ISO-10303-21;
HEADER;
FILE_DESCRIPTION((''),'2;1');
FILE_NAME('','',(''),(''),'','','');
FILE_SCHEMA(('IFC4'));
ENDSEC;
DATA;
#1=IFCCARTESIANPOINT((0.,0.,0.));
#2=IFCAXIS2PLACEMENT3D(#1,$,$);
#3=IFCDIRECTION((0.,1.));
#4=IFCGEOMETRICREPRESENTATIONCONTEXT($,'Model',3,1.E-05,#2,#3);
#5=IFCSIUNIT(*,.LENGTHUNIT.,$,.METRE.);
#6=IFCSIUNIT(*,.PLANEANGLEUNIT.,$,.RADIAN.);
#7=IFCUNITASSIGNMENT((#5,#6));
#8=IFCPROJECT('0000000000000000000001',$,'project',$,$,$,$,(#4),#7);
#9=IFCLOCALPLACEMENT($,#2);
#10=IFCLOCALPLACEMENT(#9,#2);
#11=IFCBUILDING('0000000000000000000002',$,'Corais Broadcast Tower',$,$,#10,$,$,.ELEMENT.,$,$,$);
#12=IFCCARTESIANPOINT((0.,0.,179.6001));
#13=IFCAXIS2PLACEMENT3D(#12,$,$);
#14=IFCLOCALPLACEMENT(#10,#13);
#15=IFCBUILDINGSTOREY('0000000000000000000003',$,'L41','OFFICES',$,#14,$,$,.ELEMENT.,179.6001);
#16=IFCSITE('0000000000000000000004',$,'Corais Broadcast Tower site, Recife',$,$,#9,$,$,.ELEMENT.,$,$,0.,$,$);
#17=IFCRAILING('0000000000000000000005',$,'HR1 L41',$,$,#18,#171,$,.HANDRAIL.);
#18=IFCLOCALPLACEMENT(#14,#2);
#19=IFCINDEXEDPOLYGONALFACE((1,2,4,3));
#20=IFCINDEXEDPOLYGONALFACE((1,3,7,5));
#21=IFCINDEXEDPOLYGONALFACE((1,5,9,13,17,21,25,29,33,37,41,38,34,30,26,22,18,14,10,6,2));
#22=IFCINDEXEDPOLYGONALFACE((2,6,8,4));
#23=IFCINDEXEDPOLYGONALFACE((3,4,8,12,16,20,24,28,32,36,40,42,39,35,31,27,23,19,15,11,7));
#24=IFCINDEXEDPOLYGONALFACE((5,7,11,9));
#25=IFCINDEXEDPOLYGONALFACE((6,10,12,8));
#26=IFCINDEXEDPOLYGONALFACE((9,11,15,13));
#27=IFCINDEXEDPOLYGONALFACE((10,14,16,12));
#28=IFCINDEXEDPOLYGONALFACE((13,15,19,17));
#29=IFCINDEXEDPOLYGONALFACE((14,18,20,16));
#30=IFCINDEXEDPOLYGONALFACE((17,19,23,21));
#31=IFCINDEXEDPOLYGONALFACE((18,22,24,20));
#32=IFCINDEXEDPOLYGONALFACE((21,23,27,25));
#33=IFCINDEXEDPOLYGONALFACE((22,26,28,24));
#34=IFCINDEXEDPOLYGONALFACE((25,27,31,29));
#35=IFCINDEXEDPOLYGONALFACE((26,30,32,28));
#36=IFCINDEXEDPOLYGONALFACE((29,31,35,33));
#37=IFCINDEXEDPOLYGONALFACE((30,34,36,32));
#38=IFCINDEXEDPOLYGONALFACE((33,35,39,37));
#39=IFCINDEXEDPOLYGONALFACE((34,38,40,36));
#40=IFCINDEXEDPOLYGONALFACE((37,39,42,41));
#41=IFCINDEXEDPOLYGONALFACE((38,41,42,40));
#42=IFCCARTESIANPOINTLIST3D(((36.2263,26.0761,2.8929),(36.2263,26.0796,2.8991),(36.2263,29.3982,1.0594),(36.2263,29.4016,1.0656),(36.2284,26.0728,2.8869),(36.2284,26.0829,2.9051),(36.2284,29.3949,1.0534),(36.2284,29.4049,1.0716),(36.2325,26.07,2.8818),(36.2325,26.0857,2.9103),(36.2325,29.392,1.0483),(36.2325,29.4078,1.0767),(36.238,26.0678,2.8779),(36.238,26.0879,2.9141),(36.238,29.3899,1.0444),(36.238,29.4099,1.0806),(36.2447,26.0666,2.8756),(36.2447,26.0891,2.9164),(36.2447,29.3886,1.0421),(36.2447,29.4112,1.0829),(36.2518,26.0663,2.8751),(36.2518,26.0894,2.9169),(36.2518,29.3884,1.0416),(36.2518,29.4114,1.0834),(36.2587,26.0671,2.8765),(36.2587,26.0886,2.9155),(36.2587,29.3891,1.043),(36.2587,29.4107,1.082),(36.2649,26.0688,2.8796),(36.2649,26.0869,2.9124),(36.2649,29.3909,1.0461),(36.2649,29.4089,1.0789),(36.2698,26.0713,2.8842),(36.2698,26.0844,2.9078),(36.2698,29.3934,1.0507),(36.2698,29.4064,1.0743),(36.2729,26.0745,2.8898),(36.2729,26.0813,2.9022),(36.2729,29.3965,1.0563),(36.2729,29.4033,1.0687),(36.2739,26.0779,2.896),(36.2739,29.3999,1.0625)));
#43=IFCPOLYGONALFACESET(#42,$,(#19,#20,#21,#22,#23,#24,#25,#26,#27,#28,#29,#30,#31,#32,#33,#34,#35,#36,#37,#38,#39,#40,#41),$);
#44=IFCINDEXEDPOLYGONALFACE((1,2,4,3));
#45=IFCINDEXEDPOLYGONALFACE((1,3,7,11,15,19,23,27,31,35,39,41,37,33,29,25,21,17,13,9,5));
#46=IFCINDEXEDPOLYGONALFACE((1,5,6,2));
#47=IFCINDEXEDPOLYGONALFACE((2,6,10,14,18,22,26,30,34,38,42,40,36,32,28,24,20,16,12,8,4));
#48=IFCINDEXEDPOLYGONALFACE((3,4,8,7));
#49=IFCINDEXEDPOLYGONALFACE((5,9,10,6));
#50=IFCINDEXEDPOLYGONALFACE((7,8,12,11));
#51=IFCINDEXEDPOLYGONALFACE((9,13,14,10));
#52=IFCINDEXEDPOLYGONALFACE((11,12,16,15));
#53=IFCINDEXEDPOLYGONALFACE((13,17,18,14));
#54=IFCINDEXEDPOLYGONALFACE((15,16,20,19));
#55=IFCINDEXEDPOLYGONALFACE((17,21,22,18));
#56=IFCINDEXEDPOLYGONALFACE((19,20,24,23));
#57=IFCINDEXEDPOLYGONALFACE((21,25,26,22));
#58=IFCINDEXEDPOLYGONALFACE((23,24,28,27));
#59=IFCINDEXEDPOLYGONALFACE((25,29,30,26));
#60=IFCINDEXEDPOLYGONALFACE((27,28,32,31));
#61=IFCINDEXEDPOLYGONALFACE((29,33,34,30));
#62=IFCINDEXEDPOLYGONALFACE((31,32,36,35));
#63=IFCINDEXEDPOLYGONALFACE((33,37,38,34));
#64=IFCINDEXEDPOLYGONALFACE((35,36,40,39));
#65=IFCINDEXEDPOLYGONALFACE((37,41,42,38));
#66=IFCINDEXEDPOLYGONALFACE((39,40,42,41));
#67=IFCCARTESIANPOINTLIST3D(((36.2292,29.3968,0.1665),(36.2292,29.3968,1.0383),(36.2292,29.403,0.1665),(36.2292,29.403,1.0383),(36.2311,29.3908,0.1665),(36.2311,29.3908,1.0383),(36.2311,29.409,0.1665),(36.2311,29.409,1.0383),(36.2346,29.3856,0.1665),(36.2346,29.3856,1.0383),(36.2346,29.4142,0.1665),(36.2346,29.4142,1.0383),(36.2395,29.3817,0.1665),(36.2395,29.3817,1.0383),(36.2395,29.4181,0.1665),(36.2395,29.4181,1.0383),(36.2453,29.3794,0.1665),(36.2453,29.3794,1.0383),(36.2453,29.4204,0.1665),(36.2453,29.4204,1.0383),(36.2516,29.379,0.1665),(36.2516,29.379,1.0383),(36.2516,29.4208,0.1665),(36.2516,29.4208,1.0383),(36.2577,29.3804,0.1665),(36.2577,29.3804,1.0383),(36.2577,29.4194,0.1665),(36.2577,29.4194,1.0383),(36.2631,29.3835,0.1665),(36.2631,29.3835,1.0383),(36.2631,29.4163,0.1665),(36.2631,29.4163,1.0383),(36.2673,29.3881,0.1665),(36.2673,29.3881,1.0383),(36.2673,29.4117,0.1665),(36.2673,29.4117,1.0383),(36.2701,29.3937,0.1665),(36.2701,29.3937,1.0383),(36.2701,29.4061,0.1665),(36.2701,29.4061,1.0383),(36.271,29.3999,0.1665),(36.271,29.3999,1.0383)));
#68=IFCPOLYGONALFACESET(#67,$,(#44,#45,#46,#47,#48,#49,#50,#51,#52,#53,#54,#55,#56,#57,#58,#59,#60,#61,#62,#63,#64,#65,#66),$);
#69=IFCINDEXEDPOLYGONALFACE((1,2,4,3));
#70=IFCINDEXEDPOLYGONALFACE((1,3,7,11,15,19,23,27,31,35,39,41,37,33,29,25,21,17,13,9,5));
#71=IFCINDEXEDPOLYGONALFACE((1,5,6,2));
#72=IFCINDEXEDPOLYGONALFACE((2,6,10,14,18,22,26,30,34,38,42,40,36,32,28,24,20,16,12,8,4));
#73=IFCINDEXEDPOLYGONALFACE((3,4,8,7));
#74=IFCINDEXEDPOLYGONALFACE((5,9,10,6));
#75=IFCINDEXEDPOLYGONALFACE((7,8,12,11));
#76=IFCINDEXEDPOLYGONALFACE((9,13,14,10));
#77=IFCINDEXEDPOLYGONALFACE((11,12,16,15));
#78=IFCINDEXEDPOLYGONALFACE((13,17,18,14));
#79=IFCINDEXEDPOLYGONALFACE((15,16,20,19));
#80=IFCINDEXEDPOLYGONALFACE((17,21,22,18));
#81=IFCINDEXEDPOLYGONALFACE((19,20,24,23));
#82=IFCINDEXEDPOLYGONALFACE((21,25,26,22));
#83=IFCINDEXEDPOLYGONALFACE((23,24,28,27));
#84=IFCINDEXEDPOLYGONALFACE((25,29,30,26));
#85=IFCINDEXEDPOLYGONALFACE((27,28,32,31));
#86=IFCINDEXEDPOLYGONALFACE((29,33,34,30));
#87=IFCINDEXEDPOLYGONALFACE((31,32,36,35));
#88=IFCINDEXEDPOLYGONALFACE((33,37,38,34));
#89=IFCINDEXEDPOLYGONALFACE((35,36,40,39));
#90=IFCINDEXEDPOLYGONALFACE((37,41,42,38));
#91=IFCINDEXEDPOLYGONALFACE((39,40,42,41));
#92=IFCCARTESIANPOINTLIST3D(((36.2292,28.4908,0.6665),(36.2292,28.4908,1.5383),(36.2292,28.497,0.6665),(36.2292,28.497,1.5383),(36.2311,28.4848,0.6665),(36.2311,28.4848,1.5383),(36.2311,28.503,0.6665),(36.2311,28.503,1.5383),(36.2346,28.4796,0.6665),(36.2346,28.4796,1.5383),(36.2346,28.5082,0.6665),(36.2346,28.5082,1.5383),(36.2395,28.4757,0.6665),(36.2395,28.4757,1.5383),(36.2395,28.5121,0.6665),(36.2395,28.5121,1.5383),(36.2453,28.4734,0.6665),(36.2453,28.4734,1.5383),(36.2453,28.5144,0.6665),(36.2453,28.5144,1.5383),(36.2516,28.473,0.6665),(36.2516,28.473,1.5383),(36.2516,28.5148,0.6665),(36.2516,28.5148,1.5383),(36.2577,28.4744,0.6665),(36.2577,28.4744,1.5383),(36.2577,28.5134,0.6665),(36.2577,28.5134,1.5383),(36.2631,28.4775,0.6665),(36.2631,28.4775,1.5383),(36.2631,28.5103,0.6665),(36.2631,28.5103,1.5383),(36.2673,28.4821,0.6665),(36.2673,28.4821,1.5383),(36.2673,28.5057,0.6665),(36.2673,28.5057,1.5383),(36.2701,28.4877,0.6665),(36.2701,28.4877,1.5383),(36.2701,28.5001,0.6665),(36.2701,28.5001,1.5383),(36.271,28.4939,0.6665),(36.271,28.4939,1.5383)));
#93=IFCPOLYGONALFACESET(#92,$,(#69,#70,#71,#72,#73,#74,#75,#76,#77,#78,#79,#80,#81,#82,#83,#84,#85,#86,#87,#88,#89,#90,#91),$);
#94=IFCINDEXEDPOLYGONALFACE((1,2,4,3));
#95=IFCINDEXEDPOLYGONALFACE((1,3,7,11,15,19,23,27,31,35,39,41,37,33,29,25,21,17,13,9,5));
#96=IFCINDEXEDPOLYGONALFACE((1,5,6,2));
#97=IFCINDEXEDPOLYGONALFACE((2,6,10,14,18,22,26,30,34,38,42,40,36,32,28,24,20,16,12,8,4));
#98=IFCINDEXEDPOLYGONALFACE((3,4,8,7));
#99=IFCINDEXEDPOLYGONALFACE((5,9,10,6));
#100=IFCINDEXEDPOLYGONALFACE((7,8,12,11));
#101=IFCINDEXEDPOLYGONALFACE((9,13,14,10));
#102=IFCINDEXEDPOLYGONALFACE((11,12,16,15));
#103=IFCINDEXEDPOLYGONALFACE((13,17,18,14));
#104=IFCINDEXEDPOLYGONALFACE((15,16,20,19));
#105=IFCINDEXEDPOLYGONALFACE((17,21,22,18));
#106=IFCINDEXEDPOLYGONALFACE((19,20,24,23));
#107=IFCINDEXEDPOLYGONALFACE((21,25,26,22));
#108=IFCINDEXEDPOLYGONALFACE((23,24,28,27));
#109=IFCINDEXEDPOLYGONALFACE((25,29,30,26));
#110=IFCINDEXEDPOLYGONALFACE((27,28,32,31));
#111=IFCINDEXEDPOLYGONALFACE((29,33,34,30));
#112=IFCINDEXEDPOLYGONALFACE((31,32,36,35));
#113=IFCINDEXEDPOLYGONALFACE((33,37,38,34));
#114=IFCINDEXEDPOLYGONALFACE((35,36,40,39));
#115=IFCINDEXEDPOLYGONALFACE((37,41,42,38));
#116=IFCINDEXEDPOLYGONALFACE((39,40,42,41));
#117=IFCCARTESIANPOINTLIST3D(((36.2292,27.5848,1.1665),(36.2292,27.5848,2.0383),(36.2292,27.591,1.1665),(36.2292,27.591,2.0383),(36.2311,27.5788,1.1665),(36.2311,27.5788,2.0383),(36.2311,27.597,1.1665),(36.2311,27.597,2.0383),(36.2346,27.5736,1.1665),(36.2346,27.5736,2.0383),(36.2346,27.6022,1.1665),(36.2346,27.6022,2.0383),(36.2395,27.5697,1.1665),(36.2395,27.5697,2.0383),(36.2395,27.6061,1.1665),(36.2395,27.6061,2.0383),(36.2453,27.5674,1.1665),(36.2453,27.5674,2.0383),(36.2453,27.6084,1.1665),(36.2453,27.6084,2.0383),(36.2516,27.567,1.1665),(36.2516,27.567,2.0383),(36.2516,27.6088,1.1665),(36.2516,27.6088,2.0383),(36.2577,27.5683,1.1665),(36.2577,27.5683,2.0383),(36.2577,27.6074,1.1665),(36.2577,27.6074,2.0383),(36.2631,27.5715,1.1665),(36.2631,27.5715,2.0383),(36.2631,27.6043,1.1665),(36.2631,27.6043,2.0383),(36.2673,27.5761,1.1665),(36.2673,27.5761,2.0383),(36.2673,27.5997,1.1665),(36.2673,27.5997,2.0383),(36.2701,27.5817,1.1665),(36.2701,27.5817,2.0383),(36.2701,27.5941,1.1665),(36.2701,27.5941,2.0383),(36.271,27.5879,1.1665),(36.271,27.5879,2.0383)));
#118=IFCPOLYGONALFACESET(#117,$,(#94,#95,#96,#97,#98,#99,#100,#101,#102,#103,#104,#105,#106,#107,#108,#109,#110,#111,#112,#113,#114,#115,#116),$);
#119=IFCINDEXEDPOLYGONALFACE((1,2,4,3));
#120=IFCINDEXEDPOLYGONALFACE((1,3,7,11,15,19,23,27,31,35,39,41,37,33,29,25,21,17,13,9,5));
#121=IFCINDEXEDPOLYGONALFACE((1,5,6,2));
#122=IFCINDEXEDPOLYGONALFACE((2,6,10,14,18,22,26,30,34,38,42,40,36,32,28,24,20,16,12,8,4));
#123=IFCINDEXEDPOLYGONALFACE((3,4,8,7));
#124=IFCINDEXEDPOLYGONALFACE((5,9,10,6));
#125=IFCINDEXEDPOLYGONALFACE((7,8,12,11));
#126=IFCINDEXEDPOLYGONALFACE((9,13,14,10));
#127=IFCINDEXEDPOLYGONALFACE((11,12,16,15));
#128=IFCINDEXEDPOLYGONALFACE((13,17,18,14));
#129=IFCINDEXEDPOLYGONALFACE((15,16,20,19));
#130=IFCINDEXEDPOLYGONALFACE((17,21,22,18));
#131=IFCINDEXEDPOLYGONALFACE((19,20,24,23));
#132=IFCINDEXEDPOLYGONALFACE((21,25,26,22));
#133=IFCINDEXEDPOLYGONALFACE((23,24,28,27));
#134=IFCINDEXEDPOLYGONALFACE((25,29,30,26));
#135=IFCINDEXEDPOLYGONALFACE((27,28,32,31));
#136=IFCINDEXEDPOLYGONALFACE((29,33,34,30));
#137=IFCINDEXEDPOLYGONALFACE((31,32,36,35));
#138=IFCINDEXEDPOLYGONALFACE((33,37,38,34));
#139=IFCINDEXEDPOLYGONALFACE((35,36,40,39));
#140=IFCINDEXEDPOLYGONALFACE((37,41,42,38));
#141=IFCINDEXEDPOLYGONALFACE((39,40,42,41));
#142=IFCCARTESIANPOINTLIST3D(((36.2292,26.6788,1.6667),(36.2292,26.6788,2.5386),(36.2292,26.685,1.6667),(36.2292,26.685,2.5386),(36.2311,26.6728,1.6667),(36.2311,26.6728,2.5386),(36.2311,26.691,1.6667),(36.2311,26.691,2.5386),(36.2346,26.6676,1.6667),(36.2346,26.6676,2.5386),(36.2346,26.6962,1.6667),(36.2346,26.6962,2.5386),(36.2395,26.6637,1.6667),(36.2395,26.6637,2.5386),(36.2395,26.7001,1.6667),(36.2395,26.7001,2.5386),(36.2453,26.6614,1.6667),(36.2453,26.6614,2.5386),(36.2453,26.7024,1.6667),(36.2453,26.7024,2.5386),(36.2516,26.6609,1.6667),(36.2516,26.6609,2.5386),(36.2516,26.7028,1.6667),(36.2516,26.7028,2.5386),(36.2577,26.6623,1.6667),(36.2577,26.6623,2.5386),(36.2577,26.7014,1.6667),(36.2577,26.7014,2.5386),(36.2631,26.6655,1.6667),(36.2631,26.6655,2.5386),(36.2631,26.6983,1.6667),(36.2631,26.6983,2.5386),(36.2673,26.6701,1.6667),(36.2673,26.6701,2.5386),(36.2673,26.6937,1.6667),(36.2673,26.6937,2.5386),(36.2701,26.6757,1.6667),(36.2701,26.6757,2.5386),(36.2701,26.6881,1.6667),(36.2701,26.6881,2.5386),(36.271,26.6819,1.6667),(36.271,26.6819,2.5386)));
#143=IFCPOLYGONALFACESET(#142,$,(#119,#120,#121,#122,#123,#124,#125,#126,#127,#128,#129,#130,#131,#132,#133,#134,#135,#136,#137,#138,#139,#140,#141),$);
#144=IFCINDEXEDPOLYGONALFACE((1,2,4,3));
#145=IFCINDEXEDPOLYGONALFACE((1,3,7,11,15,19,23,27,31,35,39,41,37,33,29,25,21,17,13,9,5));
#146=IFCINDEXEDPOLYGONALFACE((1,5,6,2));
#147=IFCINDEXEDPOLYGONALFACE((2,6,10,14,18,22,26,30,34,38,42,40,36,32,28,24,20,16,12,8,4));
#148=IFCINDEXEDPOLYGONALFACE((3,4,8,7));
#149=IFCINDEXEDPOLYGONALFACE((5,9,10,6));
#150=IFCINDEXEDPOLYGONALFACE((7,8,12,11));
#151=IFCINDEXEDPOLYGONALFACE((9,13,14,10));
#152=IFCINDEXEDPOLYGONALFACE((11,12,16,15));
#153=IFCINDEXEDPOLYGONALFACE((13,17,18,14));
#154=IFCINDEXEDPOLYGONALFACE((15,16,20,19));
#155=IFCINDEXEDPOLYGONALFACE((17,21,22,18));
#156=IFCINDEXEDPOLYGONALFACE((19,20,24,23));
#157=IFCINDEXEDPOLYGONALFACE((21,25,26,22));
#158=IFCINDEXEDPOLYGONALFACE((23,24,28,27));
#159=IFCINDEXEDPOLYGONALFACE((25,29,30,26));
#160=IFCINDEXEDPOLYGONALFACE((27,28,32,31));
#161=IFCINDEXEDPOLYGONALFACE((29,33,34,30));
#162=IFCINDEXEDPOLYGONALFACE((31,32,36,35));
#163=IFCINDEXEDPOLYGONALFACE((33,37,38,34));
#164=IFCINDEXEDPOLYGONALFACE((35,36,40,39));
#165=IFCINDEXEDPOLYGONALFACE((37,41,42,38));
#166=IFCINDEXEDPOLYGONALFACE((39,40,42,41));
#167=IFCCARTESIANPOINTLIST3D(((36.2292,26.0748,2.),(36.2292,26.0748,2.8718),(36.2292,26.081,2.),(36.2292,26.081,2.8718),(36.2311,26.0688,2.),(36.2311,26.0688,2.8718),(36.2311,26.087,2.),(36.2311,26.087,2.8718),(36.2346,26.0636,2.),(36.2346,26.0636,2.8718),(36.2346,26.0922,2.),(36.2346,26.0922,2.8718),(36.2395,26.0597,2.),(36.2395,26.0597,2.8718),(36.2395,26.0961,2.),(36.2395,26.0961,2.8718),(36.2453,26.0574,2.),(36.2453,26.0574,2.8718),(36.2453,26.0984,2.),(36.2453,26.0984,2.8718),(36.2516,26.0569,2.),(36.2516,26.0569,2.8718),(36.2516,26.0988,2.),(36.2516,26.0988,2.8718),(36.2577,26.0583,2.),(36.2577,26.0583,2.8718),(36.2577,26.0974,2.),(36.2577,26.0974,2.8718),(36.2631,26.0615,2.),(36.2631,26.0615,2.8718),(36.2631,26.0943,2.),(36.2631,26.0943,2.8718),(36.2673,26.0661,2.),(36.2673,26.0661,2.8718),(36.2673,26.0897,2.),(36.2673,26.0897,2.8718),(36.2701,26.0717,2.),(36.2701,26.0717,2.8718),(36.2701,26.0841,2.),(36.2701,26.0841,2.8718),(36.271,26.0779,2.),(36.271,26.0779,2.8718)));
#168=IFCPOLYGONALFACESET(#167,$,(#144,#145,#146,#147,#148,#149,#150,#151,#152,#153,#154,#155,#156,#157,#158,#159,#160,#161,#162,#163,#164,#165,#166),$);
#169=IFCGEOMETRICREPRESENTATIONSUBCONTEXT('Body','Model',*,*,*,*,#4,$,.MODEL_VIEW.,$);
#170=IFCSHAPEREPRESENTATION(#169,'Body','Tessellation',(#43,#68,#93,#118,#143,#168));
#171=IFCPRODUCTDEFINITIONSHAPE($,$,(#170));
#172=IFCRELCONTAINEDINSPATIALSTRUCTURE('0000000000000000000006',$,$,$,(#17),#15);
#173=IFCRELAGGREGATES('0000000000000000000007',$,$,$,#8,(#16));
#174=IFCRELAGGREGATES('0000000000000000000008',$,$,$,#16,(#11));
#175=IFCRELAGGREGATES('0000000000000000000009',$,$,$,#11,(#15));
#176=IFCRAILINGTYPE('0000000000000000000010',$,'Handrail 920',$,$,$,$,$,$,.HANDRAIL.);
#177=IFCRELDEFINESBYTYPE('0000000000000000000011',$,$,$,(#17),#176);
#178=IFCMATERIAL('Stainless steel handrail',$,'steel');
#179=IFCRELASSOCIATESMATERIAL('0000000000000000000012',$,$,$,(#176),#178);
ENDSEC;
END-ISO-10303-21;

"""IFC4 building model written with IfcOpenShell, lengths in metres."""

from ifc_helpers import new_model, si_unit, direction, frame, origin, origin_2d, place, context, subcontext, project, spatial, circle, extrude, material, type_object, element, save


model = new_model("IFC4")

# Units and contexts
model_context = context("Model", 3, precision=1e-05, world=origin(), true_north=direction((0.0, 1.0)))
body_context = subcontext(model_context, "Body", "Model", "MODEL_VIEW")
ifc_project = project(units=[si_unit("LENGTHUNIT", "METRE"), si_unit("PLANEANGLEUNIT", "RADIAN")], contexts=[model_context])

# Site, building, storey
site_placement = place(None, origin())
site = spatial("IfcSite", under=ifc_project, at=site_placement, Name="Corais Broadcast Tower site, Recife", CompositionType="ELEMENT", RefElevation=0.0)
building_placement = place(site_placement, origin())
building = spatial("IfcBuilding", under=site, at=building_placement, Name="Corais Broadcast Tower", CompositionType="ELEMENT")
storey_placement = place(building_placement, frame((0.0, 0.0, 179.6001)))
storey = spatial("IfcBuildingStorey", under=building, at=storey_placement, Name="L41", Description="OFFICES", CompositionType="ELEMENT", Elevation=179.6001)

# Railing
ifc_material_1 = material(Name="Stainless steel handrail", Category="steel")
railing_type = type_object("IfcRailingType", Name="Handrail 920", PredefinedType="HANDRAIL", material=ifc_material_1)
for number, where, name in (
    (1, (36.25, 29.3999, 0.1665), "HR1 L41"),
):
    element("IfcRailing", number, at=place(storey_placement, frame(where)), inside=storey, type_object=railing_type, Name=name, PredefinedType="HANDRAIL", context=body_context, shape_type="SweptSolid", body=[
        extrude(circle(Radius=0.0239, at=origin_2d()), frame((0.0, 0.0, 0.896), z_axis=(0.0, -0.875504, 0.48321), x_axis=(1.0, 0.0, 0.0)), (0.0, 0.0, 1.0), 3.7944),
        extrude(circle(Radius=0.021, at=origin_2d()), origin(), (0.0, 0.0, 1.0), 0.8718),
        extrude(circle(Radius=0.021, at=origin_2d()), frame((0.0, -0.906, 0.5)), (0.0, 0.0, 1.0), 0.8718),
        extrude(circle(Radius=0.021, at=origin_2d()), frame((0.0, -1.812, 1.0)), (0.0, 0.0, 1.0), 0.8718),
        extrude(circle(Radius=0.021, at=origin_2d()), frame((0.0, -2.718, 1.5002)), (0.0, 0.0, 1.0), 0.8718),
        extrude(circle(Radius=0.021, at=origin_2d()), frame((0.0, -3.322, 1.8335)), (0.0, 0.0, 1.0), 0.8718),
    ])

save(model, "model.ifc")
